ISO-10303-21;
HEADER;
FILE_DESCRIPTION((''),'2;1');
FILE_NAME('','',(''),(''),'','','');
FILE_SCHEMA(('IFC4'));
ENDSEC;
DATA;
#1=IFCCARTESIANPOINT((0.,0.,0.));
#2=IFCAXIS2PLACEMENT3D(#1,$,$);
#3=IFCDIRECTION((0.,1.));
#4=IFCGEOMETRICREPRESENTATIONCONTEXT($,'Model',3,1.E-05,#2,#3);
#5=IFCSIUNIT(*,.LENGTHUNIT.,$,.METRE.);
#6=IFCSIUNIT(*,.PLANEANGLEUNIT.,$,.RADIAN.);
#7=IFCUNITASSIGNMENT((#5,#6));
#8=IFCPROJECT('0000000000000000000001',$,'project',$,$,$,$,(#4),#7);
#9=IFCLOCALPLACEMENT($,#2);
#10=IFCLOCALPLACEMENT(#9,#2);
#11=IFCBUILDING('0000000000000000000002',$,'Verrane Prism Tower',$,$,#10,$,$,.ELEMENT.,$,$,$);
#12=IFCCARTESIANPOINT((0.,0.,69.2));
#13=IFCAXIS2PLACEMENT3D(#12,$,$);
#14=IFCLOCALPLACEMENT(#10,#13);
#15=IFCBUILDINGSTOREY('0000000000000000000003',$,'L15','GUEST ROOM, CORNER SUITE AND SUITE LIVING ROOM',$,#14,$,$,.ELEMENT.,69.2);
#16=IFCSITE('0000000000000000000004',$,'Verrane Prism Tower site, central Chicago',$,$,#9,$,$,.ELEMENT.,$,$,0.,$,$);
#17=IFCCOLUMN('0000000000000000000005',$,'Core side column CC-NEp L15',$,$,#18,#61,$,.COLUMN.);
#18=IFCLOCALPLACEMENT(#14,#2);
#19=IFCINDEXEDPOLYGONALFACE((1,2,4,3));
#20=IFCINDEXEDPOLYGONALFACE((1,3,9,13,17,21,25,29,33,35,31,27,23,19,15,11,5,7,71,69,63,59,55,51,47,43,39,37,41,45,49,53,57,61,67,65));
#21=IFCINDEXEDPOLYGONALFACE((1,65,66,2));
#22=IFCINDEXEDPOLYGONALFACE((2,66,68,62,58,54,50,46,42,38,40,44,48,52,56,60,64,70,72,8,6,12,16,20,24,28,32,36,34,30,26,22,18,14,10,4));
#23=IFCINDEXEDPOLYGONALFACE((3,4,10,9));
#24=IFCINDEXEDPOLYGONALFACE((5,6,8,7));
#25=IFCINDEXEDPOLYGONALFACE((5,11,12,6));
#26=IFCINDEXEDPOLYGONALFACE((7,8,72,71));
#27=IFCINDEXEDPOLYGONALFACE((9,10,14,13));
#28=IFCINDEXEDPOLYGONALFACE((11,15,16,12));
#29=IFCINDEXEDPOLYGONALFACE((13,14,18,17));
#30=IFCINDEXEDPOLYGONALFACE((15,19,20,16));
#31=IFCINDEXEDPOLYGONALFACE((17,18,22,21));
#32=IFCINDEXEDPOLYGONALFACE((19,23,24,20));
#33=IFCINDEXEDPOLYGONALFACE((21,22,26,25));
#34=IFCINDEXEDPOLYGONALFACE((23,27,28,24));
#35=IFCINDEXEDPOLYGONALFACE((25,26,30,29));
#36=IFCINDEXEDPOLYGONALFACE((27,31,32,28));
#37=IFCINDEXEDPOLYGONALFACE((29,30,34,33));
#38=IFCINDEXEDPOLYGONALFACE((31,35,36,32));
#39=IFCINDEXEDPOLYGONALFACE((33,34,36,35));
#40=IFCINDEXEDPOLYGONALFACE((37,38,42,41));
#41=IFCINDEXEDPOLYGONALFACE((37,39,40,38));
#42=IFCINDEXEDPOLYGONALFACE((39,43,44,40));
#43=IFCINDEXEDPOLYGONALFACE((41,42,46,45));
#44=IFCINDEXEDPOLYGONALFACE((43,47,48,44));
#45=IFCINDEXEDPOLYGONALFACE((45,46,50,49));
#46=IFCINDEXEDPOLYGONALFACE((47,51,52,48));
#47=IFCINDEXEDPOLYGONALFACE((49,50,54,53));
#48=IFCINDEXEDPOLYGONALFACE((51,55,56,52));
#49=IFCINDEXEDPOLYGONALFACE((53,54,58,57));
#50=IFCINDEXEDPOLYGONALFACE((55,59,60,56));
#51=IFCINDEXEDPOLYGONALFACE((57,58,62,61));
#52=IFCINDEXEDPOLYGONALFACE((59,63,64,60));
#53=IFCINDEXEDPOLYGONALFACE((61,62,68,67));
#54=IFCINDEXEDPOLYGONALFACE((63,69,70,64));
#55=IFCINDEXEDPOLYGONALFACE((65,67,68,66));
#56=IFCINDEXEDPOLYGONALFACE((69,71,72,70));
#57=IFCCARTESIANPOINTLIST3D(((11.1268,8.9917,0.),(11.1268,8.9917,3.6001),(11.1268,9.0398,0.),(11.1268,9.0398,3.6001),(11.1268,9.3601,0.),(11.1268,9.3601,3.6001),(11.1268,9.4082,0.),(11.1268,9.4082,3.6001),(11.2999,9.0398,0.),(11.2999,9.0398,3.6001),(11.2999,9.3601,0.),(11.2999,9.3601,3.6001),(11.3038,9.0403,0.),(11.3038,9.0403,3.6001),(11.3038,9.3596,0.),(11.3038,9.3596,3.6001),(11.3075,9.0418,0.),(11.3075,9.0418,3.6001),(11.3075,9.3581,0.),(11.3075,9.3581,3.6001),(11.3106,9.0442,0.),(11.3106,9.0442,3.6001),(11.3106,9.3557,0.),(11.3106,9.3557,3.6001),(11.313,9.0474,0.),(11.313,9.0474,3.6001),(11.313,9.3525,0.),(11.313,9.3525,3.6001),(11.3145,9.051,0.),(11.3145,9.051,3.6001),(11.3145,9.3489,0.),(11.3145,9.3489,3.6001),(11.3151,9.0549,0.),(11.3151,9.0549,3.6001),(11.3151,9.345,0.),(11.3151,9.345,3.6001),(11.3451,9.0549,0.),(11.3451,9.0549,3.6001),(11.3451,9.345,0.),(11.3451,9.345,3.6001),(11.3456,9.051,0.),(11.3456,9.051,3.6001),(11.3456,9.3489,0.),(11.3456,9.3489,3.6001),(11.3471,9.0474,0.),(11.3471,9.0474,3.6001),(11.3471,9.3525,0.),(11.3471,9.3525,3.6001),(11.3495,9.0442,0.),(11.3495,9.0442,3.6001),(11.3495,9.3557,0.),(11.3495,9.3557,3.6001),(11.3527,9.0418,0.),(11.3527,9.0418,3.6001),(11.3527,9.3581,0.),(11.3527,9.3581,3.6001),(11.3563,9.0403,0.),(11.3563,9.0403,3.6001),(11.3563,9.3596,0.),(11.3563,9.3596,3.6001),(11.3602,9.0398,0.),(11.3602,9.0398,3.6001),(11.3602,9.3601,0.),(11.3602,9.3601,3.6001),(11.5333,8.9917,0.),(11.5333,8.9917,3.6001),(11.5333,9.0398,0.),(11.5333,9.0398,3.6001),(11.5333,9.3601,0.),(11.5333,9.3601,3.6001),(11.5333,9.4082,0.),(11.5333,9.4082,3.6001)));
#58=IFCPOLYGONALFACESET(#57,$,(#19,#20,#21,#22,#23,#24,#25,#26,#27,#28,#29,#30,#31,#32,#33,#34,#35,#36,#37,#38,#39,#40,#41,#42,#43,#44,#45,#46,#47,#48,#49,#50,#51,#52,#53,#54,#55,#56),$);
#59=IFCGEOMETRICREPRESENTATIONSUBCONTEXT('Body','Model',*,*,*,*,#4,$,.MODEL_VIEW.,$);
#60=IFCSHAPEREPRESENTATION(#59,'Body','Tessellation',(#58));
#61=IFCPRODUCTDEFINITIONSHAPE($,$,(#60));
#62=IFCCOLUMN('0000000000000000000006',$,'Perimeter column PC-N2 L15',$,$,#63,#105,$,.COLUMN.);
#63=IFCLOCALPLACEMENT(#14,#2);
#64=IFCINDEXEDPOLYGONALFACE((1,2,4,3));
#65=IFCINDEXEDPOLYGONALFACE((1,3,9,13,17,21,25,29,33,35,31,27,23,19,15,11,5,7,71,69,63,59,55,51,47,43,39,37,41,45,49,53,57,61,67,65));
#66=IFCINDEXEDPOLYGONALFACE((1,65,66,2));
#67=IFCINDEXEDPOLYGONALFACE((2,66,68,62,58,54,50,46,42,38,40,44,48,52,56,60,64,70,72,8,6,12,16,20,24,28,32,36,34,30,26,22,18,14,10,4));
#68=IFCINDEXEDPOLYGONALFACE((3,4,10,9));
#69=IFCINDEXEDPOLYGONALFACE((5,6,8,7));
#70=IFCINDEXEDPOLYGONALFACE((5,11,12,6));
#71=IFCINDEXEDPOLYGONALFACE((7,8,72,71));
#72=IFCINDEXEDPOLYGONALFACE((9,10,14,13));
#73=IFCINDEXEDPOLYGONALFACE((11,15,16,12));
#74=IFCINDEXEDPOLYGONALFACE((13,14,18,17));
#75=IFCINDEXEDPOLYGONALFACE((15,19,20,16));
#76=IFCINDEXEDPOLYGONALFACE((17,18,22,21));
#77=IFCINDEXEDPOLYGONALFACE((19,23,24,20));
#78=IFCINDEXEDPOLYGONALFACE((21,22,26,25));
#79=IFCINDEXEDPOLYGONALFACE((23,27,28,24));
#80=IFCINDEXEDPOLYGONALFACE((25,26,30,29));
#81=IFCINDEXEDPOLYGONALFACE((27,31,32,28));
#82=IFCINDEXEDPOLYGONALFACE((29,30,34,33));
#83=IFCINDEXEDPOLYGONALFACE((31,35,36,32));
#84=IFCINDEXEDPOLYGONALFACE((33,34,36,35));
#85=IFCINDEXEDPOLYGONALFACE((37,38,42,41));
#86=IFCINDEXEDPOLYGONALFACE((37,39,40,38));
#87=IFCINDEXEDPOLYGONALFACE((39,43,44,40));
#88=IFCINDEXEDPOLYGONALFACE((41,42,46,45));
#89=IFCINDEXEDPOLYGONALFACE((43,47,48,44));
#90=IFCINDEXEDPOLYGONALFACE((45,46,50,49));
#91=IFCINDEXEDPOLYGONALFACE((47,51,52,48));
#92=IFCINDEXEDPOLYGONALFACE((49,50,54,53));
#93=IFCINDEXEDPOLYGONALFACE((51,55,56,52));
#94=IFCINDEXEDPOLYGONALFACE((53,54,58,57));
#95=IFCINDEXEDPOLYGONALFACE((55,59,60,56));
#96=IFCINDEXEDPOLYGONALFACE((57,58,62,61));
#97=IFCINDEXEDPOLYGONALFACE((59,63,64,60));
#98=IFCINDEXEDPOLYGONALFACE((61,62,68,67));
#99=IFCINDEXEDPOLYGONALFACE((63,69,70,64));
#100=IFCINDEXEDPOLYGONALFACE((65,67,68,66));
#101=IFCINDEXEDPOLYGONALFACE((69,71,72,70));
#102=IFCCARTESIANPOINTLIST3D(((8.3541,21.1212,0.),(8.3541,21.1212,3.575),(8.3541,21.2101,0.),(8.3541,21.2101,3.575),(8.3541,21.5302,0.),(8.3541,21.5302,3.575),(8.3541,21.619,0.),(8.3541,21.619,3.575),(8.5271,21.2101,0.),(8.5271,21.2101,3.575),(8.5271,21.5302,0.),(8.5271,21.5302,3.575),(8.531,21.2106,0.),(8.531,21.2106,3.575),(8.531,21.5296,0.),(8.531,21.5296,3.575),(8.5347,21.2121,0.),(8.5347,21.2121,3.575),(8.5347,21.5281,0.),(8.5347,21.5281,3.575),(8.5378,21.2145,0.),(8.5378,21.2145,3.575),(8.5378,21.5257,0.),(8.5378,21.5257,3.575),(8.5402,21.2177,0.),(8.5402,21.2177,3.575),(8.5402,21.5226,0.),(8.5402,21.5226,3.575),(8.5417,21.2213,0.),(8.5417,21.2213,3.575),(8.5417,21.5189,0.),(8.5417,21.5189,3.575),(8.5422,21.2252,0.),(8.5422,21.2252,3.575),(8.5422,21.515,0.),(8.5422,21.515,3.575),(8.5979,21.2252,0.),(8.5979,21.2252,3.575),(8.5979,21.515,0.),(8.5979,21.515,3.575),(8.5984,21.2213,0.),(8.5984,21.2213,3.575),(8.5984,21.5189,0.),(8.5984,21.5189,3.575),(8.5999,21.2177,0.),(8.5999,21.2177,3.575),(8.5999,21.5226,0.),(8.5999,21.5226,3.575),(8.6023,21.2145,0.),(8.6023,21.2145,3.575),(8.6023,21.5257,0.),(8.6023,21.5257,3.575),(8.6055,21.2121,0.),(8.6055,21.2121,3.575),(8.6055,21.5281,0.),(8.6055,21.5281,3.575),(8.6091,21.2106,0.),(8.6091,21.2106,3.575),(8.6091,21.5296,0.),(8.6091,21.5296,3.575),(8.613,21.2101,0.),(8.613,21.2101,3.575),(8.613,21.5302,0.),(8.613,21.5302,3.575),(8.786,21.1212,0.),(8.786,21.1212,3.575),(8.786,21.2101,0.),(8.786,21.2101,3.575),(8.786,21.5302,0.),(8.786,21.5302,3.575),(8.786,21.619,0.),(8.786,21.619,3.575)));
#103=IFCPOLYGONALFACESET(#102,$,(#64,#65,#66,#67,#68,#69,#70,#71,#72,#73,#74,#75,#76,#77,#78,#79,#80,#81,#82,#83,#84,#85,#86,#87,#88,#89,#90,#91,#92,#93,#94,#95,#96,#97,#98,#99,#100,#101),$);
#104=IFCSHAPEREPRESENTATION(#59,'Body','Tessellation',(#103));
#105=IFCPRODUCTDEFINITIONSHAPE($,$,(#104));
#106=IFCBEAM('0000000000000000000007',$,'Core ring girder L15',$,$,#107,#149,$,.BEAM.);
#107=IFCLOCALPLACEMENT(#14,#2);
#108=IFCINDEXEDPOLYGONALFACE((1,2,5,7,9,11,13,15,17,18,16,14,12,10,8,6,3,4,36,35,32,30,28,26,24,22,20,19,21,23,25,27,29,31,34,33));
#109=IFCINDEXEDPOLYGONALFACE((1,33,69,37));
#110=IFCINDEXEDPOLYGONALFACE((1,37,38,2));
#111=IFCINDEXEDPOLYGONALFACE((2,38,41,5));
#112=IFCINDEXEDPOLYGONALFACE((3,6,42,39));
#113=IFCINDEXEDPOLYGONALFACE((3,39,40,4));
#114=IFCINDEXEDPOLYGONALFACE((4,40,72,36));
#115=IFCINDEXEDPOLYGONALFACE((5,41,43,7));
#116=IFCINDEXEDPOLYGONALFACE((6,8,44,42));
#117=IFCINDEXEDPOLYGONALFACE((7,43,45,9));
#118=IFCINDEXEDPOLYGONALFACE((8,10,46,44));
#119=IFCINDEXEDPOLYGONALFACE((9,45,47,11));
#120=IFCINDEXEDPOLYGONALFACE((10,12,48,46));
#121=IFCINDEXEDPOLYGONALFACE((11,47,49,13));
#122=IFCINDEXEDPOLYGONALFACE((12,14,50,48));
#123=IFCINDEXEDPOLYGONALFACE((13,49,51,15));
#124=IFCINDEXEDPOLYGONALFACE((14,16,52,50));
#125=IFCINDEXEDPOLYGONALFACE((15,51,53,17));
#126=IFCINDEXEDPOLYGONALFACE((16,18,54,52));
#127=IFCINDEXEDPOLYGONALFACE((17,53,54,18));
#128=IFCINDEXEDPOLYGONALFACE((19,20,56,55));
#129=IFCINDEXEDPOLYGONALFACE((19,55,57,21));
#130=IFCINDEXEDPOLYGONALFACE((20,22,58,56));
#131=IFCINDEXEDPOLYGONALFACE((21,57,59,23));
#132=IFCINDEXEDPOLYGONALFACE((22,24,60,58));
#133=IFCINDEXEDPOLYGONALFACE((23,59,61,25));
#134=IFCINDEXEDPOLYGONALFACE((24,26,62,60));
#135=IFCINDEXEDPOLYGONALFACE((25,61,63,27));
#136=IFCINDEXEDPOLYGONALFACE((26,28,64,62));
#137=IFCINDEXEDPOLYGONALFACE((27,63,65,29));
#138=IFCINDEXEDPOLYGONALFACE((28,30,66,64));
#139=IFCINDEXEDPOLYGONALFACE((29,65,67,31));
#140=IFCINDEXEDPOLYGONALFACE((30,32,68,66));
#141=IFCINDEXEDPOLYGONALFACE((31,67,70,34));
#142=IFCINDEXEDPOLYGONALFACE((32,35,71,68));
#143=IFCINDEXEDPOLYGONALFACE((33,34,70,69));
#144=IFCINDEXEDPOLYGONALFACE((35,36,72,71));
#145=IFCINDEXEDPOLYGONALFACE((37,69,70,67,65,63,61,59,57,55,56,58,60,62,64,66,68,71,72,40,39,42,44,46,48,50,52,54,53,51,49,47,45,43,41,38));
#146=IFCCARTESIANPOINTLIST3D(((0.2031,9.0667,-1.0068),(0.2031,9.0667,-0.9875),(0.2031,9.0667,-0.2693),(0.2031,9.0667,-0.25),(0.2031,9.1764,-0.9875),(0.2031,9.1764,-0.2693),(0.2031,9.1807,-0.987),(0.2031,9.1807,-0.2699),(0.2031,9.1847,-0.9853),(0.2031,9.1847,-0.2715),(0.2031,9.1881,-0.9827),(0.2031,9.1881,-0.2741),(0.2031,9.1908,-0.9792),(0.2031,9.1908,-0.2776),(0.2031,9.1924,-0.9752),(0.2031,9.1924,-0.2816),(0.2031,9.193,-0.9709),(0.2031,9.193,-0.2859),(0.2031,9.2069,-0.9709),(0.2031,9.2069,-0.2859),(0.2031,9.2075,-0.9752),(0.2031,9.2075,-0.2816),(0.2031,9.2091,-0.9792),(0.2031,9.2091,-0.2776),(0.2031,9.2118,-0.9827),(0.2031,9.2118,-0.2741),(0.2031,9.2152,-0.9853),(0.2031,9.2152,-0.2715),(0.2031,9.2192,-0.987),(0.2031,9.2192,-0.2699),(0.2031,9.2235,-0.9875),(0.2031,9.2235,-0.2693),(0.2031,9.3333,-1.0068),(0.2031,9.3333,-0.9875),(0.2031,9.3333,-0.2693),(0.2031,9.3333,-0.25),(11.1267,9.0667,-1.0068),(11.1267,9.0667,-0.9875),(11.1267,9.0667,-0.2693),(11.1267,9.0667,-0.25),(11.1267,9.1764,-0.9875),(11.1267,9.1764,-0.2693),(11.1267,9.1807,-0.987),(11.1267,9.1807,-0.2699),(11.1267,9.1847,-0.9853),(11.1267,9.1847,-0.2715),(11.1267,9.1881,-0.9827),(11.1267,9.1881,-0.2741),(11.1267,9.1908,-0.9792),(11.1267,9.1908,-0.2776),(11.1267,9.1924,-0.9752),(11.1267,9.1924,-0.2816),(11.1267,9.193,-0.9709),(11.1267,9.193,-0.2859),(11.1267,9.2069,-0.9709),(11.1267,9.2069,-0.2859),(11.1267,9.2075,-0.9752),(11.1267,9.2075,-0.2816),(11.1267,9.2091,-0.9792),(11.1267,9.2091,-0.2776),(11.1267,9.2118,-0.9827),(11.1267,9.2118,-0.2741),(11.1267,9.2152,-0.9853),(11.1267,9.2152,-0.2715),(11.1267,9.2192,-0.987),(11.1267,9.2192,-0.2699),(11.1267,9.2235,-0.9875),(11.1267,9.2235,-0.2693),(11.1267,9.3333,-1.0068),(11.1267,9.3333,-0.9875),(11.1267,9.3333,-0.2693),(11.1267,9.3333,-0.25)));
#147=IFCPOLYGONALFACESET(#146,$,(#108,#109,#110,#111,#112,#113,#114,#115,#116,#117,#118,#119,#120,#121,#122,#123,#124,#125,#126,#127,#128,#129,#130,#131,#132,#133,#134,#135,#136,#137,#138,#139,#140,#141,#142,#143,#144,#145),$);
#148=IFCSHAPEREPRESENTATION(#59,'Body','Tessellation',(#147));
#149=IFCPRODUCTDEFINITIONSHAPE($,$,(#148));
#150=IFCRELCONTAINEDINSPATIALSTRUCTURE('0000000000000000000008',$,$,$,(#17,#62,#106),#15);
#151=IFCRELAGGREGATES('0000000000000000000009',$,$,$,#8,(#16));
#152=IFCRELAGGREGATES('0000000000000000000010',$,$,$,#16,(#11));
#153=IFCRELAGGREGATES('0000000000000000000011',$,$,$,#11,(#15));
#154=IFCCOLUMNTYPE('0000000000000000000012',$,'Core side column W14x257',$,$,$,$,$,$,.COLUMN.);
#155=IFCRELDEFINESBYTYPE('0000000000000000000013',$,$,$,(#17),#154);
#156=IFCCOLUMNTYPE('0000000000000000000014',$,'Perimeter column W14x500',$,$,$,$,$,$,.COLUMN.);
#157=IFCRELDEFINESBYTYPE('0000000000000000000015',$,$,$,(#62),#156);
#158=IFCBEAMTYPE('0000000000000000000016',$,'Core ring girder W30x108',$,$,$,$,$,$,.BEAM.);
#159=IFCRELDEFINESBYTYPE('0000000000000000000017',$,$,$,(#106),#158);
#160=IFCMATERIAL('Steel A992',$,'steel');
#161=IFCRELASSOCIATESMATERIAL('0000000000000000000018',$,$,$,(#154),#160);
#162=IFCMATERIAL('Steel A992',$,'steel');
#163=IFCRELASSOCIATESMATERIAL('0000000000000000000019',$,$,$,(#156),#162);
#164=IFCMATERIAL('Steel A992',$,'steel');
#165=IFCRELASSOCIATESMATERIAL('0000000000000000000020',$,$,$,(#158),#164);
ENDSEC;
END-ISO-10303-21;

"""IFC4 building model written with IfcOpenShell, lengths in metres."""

from ifc_helpers import new_model, si_unit, direction, frame, origin, origin_2d, place, context, subcontext, project, spatial, i_section, extrude, material, material_profile, profile_set, type_object, element, save


model = new_model("IFC4")

# Units and contexts
model_context = context("Model", 3, precision=1e-05, world=origin(), true_north=direction((0.0, 1.0)))
body_context = subcontext(model_context, "Body", "Model", "MODEL_VIEW")
ifc_project = project(units=[si_unit("LENGTHUNIT", "METRE"), si_unit("PLANEANGLEUNIT", "RADIAN")], contexts=[model_context])

# Site, building, storey
site_placement = place(None, origin())
site = spatial("IfcSite", under=ifc_project, at=site_placement, Name="Verrane Prism Tower site, central Chicago", CompositionType="ELEMENT", RefElevation=0.0)
building_placement = place(site_placement, origin())
building = spatial("IfcBuilding", under=site, at=building_placement, Name="Verrane Prism Tower", CompositionType="ELEMENT")
storey_placement = place(building_placement, frame((0.0, 0.0, 69.2)))
storey = spatial("IfcBuildingStorey", under=building, at=storey_placement, Name="L15", Description="GUEST ROOM, CORNER SUITE AND SUITE LIVING ROOM", CompositionType="ELEMENT", Elevation=69.2)

# Columns
ifc_material_1 = material(Name="Steel A992", Category="steel")
ifc_material_profile_1 = material_profile(ifc_material_1, i_section(OverallWidth=0.4065, OverallDepth=0.4165, WebThickness=0.03, FlangeThickness=0.0481, FilletRadius=0.0151, at=origin_2d()), Name="W14x257")
ifc_profile_set_1 = profile_set([ifc_material_profile_1], Name="Steel A992")
column_type_1 = type_object("IfcColumnType", Name="Core side column W14x257", PredefinedType="COLUMN", material=ifc_profile_set_1)
column_1_placement = place(storey_placement, frame((11.3301, 9.2, 0.0), z_axis=(0.0, 0.0, 1.0), x_axis=(1.0, 0.0, 0.0)))
element("IfcColumn", 1, at=column_1_placement, inside=storey, type_object=column_type_1, Name="Core side column CC-NEp L15", PredefinedType="COLUMN", context=body_context, shape_type="SweptSolid", body=[
    extrude(i_section(OverallWidth=0.4065, OverallDepth=0.4165, WebThickness=0.03, FlangeThickness=0.0481, FilletRadius=0.0151, at=origin_2d()), origin(), (0.0, 0.0, 1.0), 3.6001),
])
ifc_material_2 = material(Name="Steel A992", Category="steel")
ifc_material_profile_2 = material_profile(ifc_material_2, i_section(OverallWidth=0.4319, OverallDepth=0.4978, WebThickness=0.0557, FlangeThickness=0.0889, FilletRadius=0.0151, at=origin_2d()), Name="W14x500")
ifc_profile_set_2 = profile_set([ifc_material_profile_2], Name="Steel A992")
column_type_2 = type_object("IfcColumnType", Name="Perimeter column W14x500", PredefinedType="COLUMN", material=ifc_profile_set_2)
column_2_placement = place(storey_placement, frame((8.5701, 21.3701, 0.0), z_axis=(0.0, 0.0, 1.0), x_axis=(1.0, 0.0, 0.0)))
element("IfcColumn", 2, at=column_2_placement, inside=storey, type_object=column_type_2, Name="Perimeter column PC-N2 L15", PredefinedType="COLUMN", context=body_context, shape_type="SweptSolid", body=[
    extrude(i_section(OverallWidth=0.4319, OverallDepth=0.4978, WebThickness=0.0557, FlangeThickness=0.0889, FilletRadius=0.0151, at=origin_2d()), origin(), (0.0, 0.0, 1.0), 3.575),
])

# Beam
ifc_material_3 = material(Name="Steel A992", Category="steel")
ifc_material_profile_3 = material_profile(ifc_material_3, i_section(OverallWidth=0.2666, OverallDepth=0.7568, WebThickness=0.0139, FlangeThickness=0.0193, FilletRadius=0.0166, at=origin_2d()), Name="W30x108")
ifc_profile_set_3 = profile_set([ifc_material_profile_3], Name="Steel A992")
beam_type_1 = type_object("IfcBeamType", Name="Core ring girder W30x108", PredefinedType="BEAM", material=ifc_profile_set_3)
beam_1_placement = place(storey_placement, frame((11.1267, 9.2, -0.6284), z_axis=(-1.0, 0.0, 0.0), x_axis=(0.0, -1.0, 0.0)))
element("IfcBeam", 3, at=beam_1_placement, inside=storey, type_object=beam_type_1, Name="Core ring girder L15", PredefinedType="BEAM", context=body_context, shape_type="SweptSolid", body=[
    extrude(i_section(OverallWidth=0.2666, OverallDepth=0.7568, WebThickness=0.0139, FlangeThickness=0.0193, FilletRadius=0.0166, at=origin_2d()), origin(), (0.0, 0.0, 1.0), 10.9236),
])

save(model, "model.ifc")
